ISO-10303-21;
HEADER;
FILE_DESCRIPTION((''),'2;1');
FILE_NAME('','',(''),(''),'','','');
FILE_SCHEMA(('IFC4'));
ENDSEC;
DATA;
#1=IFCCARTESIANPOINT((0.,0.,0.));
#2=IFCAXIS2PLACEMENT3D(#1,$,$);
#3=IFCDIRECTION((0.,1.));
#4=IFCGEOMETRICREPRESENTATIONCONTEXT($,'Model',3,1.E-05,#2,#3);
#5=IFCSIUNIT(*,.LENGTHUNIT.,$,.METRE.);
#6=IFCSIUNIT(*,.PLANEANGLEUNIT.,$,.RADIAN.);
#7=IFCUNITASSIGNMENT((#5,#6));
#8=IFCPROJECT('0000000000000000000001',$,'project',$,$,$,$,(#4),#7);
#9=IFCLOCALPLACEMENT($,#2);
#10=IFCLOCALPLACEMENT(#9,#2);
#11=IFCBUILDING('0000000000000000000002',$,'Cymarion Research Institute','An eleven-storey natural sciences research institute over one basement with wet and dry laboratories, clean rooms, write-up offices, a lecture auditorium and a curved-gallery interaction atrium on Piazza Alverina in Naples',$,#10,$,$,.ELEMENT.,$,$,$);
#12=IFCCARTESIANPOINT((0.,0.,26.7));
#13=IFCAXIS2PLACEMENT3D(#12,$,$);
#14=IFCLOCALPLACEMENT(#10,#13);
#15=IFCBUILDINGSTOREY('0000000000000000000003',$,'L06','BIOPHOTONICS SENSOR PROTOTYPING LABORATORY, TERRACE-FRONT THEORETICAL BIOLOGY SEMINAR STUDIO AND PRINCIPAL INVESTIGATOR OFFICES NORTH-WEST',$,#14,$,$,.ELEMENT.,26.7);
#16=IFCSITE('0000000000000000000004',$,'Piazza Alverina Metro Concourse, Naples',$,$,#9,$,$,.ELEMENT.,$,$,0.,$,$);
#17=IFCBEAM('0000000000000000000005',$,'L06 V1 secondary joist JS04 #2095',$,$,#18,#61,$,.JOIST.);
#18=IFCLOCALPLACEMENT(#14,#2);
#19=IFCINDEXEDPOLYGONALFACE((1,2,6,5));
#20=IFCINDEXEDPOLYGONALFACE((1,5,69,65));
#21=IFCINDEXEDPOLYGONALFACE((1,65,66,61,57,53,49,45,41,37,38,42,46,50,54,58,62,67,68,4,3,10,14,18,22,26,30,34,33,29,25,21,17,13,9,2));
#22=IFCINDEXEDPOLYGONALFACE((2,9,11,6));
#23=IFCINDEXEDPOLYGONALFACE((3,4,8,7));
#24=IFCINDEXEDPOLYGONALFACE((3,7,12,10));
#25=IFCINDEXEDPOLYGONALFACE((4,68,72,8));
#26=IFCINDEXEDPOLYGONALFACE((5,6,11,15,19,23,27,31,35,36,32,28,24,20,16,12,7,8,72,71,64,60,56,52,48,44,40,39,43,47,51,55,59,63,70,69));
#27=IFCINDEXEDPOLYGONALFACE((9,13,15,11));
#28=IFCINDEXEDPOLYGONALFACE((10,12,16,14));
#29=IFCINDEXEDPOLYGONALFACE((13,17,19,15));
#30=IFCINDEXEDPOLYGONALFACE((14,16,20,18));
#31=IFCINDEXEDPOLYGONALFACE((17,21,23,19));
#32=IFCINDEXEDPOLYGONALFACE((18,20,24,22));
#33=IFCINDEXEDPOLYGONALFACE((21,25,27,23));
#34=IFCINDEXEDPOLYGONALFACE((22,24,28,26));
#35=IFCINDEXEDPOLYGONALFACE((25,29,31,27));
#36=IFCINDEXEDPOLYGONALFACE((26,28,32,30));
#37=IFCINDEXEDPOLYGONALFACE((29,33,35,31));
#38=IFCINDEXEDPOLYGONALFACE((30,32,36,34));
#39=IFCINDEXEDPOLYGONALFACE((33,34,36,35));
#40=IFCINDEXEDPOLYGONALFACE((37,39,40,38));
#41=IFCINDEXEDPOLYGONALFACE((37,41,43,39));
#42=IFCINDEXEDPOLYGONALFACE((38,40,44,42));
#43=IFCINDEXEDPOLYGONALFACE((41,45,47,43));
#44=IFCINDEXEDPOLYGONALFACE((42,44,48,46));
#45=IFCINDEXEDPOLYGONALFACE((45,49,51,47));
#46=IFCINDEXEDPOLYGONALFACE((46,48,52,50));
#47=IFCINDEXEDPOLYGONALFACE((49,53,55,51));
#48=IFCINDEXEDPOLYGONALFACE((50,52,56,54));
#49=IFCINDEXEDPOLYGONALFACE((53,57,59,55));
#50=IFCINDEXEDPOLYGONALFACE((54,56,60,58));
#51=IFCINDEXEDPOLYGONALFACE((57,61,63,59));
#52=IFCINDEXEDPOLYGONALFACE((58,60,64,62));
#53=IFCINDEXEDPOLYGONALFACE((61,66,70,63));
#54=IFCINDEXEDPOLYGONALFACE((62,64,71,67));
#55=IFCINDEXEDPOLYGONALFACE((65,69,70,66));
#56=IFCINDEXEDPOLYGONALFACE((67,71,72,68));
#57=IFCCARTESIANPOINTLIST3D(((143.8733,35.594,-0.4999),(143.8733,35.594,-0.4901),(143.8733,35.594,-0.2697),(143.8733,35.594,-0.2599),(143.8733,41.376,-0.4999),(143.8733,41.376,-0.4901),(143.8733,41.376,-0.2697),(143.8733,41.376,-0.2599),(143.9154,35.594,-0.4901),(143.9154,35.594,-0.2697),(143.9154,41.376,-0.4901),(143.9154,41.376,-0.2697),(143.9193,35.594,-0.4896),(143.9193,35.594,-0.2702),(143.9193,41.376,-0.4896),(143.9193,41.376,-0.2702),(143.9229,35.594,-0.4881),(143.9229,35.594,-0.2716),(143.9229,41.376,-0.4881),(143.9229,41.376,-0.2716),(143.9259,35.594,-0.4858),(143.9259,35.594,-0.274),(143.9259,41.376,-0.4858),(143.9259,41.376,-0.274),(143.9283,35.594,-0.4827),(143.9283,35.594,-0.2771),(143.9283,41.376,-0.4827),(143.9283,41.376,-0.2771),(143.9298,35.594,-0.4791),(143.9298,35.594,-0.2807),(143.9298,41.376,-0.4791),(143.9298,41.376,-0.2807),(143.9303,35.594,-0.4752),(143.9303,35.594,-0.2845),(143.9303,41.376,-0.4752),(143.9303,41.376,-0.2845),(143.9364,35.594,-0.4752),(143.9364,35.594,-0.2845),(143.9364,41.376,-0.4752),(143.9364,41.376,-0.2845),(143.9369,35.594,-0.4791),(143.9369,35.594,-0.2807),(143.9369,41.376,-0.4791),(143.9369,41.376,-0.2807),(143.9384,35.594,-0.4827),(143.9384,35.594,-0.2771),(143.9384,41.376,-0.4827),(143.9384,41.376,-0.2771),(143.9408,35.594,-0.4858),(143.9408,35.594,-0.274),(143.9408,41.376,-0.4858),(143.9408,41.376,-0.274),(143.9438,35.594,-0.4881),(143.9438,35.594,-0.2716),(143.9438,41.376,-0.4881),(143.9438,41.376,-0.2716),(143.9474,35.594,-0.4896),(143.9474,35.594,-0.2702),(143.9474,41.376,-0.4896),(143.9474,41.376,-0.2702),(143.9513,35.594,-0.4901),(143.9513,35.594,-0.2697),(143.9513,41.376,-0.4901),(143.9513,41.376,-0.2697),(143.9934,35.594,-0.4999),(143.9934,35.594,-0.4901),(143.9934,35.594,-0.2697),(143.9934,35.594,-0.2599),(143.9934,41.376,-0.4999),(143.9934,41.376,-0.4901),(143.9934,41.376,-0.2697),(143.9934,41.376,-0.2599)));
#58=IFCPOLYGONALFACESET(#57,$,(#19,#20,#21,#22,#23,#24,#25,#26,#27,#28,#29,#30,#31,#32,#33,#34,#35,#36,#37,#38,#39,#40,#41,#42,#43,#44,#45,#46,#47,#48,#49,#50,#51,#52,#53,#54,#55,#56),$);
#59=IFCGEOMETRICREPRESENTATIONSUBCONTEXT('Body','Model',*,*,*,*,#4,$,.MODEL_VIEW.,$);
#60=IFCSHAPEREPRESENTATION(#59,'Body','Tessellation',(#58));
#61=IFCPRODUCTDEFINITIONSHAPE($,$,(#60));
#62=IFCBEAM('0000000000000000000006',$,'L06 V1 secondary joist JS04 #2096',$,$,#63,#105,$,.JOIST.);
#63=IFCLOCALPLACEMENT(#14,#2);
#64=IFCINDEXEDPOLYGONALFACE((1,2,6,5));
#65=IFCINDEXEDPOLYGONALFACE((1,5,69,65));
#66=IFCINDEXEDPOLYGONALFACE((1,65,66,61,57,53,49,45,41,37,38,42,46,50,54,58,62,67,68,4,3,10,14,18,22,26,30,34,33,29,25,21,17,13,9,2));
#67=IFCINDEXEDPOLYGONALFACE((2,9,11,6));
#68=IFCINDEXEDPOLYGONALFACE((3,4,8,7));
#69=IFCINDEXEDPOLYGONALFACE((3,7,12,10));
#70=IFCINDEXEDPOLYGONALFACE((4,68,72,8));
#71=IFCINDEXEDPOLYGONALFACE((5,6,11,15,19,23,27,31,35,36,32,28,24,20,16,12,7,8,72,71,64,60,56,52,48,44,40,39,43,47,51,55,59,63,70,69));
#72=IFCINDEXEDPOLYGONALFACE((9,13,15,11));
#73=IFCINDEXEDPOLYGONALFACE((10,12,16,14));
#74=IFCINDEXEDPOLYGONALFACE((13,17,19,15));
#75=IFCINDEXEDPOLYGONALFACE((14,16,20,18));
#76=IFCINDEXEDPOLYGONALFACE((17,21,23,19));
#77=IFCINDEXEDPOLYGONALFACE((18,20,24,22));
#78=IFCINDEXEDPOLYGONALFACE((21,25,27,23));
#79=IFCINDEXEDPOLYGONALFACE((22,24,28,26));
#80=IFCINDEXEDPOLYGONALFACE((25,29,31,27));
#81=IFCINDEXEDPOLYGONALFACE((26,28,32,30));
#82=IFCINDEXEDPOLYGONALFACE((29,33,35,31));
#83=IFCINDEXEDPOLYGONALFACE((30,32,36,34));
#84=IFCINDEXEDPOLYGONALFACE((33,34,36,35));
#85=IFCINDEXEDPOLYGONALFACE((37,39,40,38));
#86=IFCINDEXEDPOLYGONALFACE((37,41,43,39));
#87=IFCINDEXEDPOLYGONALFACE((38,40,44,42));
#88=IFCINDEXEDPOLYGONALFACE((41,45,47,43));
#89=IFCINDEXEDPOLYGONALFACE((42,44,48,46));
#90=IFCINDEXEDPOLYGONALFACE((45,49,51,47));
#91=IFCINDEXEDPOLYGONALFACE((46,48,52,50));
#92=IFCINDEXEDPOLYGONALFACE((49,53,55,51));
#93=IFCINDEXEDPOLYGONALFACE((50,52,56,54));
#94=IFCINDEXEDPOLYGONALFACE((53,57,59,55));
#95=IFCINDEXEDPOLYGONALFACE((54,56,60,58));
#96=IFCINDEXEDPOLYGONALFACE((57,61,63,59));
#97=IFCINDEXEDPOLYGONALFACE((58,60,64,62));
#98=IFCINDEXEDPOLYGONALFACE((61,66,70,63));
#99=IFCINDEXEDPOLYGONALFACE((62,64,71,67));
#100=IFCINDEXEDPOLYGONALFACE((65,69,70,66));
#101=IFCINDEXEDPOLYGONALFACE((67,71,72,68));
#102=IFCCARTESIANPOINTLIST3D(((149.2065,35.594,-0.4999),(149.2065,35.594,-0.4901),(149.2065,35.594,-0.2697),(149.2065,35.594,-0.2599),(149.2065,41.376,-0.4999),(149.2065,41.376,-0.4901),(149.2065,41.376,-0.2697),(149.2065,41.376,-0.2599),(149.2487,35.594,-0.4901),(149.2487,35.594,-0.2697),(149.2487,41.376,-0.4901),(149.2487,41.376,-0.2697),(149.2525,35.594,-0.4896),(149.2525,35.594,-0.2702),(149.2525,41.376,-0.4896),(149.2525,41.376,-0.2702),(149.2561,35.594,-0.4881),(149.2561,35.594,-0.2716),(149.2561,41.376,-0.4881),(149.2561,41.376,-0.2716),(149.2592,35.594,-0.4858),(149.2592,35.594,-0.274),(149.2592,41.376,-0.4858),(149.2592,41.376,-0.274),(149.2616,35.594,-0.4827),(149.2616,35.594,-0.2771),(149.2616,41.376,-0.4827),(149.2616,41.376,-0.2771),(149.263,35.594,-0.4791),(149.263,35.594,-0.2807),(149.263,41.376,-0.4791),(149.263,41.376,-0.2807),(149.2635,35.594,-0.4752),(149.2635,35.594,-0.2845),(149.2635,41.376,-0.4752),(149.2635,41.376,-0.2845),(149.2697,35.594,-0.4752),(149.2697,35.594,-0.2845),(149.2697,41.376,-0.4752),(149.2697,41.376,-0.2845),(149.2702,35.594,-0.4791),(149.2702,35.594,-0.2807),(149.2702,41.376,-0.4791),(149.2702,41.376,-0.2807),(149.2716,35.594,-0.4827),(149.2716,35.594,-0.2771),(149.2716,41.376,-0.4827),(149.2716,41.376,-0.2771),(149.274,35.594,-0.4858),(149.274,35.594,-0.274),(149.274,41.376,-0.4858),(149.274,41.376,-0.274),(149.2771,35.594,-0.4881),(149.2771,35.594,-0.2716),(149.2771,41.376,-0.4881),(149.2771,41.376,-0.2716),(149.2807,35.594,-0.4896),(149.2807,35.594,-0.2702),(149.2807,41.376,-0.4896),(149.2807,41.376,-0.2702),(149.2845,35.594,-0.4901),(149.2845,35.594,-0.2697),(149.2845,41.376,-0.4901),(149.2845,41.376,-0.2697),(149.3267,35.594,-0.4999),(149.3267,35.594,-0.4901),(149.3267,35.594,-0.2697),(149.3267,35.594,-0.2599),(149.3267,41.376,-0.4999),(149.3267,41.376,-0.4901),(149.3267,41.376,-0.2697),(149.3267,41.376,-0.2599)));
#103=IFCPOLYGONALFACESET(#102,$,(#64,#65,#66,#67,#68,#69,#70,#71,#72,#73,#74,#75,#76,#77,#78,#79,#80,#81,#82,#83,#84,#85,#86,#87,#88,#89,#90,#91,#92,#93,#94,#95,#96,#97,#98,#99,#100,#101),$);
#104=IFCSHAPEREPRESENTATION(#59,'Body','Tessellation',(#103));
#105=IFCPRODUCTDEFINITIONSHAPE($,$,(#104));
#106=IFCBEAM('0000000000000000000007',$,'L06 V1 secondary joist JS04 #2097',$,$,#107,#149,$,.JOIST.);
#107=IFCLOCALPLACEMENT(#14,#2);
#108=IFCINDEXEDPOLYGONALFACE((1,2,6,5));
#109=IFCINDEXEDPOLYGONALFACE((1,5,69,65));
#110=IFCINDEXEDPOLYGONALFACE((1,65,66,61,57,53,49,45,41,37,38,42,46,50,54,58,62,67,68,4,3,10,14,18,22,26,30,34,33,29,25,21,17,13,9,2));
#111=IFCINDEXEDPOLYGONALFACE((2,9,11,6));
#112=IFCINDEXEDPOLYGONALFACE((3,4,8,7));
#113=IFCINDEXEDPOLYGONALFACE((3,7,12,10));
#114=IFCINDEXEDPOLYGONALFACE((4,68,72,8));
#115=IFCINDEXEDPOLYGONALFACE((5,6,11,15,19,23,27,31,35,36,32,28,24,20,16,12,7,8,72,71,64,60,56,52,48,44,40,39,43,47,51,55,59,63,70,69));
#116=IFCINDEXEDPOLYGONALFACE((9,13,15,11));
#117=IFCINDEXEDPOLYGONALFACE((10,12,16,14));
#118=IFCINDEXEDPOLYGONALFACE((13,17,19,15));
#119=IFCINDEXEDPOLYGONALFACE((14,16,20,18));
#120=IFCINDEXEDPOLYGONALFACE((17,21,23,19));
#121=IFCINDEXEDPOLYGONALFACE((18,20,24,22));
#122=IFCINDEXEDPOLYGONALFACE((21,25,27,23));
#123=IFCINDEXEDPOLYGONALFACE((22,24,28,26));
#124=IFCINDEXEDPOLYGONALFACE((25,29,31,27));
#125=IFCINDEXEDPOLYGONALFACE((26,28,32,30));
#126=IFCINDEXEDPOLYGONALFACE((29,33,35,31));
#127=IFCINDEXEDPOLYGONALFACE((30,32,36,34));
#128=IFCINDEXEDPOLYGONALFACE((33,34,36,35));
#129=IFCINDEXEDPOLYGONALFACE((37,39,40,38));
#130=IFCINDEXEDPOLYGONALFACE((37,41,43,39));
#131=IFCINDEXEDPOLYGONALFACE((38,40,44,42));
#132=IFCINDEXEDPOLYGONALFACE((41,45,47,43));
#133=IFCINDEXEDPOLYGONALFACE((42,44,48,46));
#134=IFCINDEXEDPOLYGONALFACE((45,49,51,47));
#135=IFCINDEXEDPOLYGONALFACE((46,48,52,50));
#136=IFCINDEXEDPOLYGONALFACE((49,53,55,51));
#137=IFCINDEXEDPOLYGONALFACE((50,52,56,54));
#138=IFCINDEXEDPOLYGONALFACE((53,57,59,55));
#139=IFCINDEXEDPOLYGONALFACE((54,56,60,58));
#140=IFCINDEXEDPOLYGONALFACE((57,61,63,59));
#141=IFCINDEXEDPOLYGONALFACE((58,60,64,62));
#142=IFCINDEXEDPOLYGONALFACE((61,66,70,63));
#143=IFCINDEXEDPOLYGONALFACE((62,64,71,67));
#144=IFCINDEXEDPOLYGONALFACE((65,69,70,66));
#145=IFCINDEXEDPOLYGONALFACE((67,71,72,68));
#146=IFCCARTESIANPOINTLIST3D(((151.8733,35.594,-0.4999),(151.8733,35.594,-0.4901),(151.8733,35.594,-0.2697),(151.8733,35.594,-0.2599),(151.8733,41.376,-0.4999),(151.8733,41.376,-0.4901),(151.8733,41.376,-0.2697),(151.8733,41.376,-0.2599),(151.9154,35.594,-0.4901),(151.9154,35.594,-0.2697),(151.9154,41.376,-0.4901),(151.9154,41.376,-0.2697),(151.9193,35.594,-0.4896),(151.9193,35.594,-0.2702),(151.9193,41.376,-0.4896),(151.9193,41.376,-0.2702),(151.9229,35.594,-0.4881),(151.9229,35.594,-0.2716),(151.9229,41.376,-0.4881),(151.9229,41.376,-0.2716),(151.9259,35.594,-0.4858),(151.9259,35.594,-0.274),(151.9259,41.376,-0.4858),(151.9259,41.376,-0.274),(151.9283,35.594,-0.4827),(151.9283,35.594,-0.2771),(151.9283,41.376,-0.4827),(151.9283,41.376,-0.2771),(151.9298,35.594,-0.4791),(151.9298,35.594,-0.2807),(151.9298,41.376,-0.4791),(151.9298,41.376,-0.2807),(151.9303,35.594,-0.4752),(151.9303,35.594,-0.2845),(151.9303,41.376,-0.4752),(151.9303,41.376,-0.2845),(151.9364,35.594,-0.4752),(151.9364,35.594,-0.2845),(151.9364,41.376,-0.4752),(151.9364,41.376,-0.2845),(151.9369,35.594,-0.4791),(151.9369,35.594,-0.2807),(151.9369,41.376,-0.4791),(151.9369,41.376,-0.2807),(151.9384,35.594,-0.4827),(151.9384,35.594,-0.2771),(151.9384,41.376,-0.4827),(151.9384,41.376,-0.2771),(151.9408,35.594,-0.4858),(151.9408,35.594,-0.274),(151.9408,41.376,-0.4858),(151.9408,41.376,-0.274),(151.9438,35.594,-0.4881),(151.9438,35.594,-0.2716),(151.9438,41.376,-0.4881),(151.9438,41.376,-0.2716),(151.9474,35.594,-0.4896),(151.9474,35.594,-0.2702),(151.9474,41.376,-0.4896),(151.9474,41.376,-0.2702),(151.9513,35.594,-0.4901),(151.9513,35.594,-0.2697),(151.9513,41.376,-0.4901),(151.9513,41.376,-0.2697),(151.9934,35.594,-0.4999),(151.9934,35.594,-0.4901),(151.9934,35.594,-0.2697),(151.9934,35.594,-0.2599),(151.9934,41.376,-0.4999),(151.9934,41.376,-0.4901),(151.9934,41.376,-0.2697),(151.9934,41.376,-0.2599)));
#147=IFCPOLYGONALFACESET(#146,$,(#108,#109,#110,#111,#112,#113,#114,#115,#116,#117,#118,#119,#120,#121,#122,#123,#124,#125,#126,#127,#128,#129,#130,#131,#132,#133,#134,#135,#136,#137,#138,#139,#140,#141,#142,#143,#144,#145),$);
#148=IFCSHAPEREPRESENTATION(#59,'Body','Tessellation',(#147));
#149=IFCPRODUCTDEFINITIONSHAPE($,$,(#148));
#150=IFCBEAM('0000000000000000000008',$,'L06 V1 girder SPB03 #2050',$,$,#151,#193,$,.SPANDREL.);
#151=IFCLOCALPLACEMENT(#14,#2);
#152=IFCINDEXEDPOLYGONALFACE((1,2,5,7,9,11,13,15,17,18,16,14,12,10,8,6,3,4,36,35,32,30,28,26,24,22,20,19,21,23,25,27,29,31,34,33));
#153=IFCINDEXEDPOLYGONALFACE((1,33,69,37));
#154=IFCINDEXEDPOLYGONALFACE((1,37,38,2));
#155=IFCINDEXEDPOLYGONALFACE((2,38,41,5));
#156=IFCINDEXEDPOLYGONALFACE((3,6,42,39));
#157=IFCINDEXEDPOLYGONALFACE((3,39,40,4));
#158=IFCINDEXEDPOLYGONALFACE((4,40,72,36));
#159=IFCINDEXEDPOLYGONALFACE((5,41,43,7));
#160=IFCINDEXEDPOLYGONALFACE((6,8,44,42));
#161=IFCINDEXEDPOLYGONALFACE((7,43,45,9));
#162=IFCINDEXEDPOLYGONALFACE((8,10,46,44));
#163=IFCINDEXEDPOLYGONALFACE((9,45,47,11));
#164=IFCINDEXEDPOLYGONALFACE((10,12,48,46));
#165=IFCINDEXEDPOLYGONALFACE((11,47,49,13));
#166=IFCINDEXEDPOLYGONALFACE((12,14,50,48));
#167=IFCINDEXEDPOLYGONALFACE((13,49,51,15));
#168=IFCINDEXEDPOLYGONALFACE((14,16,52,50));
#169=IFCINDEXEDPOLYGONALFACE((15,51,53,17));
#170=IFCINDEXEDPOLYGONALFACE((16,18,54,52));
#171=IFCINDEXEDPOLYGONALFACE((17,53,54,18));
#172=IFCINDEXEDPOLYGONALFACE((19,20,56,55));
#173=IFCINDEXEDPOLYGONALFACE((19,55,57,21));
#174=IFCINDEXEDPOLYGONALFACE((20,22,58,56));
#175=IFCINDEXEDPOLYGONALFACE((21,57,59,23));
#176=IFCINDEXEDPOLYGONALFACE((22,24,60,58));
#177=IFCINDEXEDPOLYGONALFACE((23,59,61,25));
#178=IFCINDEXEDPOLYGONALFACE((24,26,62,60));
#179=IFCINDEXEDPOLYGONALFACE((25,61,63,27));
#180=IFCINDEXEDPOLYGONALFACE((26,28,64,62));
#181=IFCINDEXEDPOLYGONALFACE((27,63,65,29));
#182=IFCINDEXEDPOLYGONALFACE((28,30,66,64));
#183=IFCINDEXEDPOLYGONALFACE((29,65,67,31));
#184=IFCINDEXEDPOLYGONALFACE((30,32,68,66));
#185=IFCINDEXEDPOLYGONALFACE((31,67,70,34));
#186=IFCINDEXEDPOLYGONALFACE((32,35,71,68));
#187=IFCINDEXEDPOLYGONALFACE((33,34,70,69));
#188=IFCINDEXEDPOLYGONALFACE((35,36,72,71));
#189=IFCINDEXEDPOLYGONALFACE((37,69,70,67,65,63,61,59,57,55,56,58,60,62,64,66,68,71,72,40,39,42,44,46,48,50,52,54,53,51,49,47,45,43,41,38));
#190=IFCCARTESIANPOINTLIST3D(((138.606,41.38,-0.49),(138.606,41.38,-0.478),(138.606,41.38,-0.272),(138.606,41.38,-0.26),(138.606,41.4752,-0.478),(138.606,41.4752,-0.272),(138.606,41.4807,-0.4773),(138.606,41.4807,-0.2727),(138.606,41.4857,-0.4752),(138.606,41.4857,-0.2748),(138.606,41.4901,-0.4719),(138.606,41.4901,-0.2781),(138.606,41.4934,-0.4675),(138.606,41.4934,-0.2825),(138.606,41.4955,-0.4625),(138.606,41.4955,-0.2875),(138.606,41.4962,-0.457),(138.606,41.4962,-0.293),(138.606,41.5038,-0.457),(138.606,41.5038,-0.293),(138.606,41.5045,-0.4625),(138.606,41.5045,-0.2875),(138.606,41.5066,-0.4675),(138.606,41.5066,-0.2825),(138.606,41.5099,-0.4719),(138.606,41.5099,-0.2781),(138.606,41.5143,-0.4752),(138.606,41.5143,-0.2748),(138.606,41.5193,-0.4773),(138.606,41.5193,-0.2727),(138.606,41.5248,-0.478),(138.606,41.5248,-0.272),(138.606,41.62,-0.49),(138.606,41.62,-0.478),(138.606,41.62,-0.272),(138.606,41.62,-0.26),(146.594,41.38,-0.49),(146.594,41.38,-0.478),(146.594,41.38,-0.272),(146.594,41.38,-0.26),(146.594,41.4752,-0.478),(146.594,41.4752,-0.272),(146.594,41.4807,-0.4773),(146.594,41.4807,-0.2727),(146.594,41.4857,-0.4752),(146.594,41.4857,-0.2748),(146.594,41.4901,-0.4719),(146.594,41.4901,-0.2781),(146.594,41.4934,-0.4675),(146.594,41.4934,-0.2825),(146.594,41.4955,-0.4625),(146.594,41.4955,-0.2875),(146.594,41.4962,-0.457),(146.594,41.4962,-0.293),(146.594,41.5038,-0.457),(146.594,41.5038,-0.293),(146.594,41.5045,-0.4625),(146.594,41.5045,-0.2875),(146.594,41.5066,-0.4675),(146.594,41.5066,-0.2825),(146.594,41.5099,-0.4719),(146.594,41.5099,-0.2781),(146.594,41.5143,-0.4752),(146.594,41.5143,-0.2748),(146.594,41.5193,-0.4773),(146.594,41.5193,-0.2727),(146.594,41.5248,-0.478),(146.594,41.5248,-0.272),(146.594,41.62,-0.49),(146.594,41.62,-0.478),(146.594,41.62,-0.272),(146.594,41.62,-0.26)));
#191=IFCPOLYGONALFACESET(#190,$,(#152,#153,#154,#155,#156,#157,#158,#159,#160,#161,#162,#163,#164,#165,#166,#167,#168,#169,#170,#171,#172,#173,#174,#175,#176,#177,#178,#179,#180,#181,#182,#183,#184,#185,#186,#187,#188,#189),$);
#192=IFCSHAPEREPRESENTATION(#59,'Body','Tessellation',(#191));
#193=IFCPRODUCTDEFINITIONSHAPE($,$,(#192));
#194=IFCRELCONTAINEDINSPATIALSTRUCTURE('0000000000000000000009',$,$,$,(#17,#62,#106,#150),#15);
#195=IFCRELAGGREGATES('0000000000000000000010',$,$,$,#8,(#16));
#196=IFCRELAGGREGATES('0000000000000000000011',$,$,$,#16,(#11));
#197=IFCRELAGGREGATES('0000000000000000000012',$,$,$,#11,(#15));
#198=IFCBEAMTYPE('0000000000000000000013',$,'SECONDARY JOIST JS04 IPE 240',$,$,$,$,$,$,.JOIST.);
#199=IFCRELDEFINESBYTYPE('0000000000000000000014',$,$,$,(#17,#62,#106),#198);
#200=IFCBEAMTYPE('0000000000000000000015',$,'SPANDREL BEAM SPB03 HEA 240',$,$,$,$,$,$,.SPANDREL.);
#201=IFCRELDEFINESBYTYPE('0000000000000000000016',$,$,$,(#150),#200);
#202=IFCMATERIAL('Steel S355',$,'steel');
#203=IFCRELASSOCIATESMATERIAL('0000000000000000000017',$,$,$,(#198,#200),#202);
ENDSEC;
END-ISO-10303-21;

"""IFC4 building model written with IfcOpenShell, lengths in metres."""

from ifc_helpers import new_model, si_unit, direction, frame, origin, origin_2d, place, context, subcontext, project, spatial, i_section, extrude, material, material_profile, profile_set, type_object, element, save


model = new_model("IFC4")

# Units and contexts
model_context = context("Model", 3, precision=1e-05, world=origin(), true_north=direction((0.0, 1.0)))
body_context = subcontext(model_context, "Body", "Model", "MODEL_VIEW")
ifc_project = project(units=[si_unit("LENGTHUNIT", "METRE"), si_unit("PLANEANGLEUNIT", "RADIAN")], contexts=[model_context])

# Site, building, storey
site_placement = place(None, origin())
site = spatial("IfcSite", under=ifc_project, at=site_placement, Name="Piazza Alverina Metro Concourse, Naples", CompositionType="ELEMENT", RefElevation=0.0)
building_placement = place(site_placement, origin())
building = spatial("IfcBuilding", under=site, at=building_placement, Name="Cymarion Research Institute", Description="An eleven-storey natural sciences research institute over one basement with wet and dry laboratories, clean rooms, write-up offices, a lecture auditorium and a curved-gallery interaction atrium on Piazza Alverina in Naples", CompositionType="ELEMENT")
storey_placement = place(building_placement, frame((0.0, 0.0, 26.7)))
storey = spatial("IfcBuildingStorey", under=building, at=storey_placement, Name="L06", Description="BIOPHOTONICS SENSOR PROTOTYPING LABORATORY, TERRACE-FRONT THEORETICAL BIOLOGY SEMINAR STUDIO AND PRINCIPAL INVESTIGATOR OFFICES NORTH-WEST", CompositionType="ELEMENT", Elevation=26.7)

# Shared definitions
ifc_material_1 = material(Name="Steel S355", Category="steel")

# Beams
ifc_material_profile_1 = material_profile(ifc_material_1, i_section(OverallWidth=0.1201, OverallDepth=0.24, WebThickness=0.0061, FlangeThickness=0.0098, FilletRadius=0.0149, at=origin_2d()), Name="IPE 240")
ifc_profile_set_1 = profile_set([ifc_material_profile_1], Name="Steel S355")
beam_type_1 = type_object("IfcBeamType", Name="SECONDARY JOIST JS04 IPE 240", PredefinedType="JOIST", material=ifc_profile_set_1)
for number, where, z_axis, x_axis, name in (
    (1, (143.9333, 35.594, -0.3799), (0.0, 1.0, 0.0), (-1.0, 0.0, 0.0), "L06 V1 secondary joist JS04 #2095"),
    (2, (149.2666, 35.594, -0.3799), (0.0, 1.0, 0.0), (-1.0, 0.0, 0.0), "L06 V1 secondary joist JS04 #2096"),
    (3, (151.9333, 35.594, -0.3799), (0.0, 1.0, 0.0), (-1.0, 0.0, 0.0), "L06 V1 secondary joist JS04 #2097"),
):
    element("IfcBeam", number, at=place(storey_placement, frame(where, z_axis=z_axis, x_axis=x_axis)), inside=storey, type_object=beam_type_1, Name=name, PredefinedType="JOIST", context=body_context, shape_type="SweptSolid", body=[
        extrude(i_section(OverallWidth=0.1201, OverallDepth=0.24, WebThickness=0.0061, FlangeThickness=0.0098, FilletRadius=0.0149, at=origin_2d()), origin(), (0.0, 0.0, 1.0), 5.782),
    ])
ifc_material_profile_2 = material_profile(ifc_material_1, i_section(OverallWidth=0.24, OverallDepth=0.23, WebThickness=0.0076, FlangeThickness=0.012, FilletRadius=0.021, at=origin_2d()), Name="HEA 240")
ifc_profile_set_2 = profile_set([ifc_material_profile_2], Name="Steel S355")
beam_type_2 = type_object("IfcBeamType", Name="SPANDREL BEAM SPB03 HEA 240", PredefinedType="SPANDREL", material=ifc_profile_set_2)
for number, where, z_axis, x_axis, name in (
    (4, (138.606, 41.5, -0.375), (1.0, 0.0, 0.0), (0.0, 1.0, 0.0), "L06 V1 girder SPB03 #2050"),
):
    element("IfcBeam", number, at=place(storey_placement, frame(where, z_axis=z_axis, x_axis=x_axis)), inside=storey, type_object=beam_type_2, Name=name, PredefinedType="SPANDREL", context=body_context, shape_type="SweptSolid", body=[
        extrude(i_section(OverallWidth=0.24, OverallDepth=0.23, WebThickness=0.0076, FlangeThickness=0.012, FilletRadius=0.021, at=origin_2d()), origin(), (0.0, 0.0, 1.0), 7.988),
    ])

save(model, "model.ifc")
